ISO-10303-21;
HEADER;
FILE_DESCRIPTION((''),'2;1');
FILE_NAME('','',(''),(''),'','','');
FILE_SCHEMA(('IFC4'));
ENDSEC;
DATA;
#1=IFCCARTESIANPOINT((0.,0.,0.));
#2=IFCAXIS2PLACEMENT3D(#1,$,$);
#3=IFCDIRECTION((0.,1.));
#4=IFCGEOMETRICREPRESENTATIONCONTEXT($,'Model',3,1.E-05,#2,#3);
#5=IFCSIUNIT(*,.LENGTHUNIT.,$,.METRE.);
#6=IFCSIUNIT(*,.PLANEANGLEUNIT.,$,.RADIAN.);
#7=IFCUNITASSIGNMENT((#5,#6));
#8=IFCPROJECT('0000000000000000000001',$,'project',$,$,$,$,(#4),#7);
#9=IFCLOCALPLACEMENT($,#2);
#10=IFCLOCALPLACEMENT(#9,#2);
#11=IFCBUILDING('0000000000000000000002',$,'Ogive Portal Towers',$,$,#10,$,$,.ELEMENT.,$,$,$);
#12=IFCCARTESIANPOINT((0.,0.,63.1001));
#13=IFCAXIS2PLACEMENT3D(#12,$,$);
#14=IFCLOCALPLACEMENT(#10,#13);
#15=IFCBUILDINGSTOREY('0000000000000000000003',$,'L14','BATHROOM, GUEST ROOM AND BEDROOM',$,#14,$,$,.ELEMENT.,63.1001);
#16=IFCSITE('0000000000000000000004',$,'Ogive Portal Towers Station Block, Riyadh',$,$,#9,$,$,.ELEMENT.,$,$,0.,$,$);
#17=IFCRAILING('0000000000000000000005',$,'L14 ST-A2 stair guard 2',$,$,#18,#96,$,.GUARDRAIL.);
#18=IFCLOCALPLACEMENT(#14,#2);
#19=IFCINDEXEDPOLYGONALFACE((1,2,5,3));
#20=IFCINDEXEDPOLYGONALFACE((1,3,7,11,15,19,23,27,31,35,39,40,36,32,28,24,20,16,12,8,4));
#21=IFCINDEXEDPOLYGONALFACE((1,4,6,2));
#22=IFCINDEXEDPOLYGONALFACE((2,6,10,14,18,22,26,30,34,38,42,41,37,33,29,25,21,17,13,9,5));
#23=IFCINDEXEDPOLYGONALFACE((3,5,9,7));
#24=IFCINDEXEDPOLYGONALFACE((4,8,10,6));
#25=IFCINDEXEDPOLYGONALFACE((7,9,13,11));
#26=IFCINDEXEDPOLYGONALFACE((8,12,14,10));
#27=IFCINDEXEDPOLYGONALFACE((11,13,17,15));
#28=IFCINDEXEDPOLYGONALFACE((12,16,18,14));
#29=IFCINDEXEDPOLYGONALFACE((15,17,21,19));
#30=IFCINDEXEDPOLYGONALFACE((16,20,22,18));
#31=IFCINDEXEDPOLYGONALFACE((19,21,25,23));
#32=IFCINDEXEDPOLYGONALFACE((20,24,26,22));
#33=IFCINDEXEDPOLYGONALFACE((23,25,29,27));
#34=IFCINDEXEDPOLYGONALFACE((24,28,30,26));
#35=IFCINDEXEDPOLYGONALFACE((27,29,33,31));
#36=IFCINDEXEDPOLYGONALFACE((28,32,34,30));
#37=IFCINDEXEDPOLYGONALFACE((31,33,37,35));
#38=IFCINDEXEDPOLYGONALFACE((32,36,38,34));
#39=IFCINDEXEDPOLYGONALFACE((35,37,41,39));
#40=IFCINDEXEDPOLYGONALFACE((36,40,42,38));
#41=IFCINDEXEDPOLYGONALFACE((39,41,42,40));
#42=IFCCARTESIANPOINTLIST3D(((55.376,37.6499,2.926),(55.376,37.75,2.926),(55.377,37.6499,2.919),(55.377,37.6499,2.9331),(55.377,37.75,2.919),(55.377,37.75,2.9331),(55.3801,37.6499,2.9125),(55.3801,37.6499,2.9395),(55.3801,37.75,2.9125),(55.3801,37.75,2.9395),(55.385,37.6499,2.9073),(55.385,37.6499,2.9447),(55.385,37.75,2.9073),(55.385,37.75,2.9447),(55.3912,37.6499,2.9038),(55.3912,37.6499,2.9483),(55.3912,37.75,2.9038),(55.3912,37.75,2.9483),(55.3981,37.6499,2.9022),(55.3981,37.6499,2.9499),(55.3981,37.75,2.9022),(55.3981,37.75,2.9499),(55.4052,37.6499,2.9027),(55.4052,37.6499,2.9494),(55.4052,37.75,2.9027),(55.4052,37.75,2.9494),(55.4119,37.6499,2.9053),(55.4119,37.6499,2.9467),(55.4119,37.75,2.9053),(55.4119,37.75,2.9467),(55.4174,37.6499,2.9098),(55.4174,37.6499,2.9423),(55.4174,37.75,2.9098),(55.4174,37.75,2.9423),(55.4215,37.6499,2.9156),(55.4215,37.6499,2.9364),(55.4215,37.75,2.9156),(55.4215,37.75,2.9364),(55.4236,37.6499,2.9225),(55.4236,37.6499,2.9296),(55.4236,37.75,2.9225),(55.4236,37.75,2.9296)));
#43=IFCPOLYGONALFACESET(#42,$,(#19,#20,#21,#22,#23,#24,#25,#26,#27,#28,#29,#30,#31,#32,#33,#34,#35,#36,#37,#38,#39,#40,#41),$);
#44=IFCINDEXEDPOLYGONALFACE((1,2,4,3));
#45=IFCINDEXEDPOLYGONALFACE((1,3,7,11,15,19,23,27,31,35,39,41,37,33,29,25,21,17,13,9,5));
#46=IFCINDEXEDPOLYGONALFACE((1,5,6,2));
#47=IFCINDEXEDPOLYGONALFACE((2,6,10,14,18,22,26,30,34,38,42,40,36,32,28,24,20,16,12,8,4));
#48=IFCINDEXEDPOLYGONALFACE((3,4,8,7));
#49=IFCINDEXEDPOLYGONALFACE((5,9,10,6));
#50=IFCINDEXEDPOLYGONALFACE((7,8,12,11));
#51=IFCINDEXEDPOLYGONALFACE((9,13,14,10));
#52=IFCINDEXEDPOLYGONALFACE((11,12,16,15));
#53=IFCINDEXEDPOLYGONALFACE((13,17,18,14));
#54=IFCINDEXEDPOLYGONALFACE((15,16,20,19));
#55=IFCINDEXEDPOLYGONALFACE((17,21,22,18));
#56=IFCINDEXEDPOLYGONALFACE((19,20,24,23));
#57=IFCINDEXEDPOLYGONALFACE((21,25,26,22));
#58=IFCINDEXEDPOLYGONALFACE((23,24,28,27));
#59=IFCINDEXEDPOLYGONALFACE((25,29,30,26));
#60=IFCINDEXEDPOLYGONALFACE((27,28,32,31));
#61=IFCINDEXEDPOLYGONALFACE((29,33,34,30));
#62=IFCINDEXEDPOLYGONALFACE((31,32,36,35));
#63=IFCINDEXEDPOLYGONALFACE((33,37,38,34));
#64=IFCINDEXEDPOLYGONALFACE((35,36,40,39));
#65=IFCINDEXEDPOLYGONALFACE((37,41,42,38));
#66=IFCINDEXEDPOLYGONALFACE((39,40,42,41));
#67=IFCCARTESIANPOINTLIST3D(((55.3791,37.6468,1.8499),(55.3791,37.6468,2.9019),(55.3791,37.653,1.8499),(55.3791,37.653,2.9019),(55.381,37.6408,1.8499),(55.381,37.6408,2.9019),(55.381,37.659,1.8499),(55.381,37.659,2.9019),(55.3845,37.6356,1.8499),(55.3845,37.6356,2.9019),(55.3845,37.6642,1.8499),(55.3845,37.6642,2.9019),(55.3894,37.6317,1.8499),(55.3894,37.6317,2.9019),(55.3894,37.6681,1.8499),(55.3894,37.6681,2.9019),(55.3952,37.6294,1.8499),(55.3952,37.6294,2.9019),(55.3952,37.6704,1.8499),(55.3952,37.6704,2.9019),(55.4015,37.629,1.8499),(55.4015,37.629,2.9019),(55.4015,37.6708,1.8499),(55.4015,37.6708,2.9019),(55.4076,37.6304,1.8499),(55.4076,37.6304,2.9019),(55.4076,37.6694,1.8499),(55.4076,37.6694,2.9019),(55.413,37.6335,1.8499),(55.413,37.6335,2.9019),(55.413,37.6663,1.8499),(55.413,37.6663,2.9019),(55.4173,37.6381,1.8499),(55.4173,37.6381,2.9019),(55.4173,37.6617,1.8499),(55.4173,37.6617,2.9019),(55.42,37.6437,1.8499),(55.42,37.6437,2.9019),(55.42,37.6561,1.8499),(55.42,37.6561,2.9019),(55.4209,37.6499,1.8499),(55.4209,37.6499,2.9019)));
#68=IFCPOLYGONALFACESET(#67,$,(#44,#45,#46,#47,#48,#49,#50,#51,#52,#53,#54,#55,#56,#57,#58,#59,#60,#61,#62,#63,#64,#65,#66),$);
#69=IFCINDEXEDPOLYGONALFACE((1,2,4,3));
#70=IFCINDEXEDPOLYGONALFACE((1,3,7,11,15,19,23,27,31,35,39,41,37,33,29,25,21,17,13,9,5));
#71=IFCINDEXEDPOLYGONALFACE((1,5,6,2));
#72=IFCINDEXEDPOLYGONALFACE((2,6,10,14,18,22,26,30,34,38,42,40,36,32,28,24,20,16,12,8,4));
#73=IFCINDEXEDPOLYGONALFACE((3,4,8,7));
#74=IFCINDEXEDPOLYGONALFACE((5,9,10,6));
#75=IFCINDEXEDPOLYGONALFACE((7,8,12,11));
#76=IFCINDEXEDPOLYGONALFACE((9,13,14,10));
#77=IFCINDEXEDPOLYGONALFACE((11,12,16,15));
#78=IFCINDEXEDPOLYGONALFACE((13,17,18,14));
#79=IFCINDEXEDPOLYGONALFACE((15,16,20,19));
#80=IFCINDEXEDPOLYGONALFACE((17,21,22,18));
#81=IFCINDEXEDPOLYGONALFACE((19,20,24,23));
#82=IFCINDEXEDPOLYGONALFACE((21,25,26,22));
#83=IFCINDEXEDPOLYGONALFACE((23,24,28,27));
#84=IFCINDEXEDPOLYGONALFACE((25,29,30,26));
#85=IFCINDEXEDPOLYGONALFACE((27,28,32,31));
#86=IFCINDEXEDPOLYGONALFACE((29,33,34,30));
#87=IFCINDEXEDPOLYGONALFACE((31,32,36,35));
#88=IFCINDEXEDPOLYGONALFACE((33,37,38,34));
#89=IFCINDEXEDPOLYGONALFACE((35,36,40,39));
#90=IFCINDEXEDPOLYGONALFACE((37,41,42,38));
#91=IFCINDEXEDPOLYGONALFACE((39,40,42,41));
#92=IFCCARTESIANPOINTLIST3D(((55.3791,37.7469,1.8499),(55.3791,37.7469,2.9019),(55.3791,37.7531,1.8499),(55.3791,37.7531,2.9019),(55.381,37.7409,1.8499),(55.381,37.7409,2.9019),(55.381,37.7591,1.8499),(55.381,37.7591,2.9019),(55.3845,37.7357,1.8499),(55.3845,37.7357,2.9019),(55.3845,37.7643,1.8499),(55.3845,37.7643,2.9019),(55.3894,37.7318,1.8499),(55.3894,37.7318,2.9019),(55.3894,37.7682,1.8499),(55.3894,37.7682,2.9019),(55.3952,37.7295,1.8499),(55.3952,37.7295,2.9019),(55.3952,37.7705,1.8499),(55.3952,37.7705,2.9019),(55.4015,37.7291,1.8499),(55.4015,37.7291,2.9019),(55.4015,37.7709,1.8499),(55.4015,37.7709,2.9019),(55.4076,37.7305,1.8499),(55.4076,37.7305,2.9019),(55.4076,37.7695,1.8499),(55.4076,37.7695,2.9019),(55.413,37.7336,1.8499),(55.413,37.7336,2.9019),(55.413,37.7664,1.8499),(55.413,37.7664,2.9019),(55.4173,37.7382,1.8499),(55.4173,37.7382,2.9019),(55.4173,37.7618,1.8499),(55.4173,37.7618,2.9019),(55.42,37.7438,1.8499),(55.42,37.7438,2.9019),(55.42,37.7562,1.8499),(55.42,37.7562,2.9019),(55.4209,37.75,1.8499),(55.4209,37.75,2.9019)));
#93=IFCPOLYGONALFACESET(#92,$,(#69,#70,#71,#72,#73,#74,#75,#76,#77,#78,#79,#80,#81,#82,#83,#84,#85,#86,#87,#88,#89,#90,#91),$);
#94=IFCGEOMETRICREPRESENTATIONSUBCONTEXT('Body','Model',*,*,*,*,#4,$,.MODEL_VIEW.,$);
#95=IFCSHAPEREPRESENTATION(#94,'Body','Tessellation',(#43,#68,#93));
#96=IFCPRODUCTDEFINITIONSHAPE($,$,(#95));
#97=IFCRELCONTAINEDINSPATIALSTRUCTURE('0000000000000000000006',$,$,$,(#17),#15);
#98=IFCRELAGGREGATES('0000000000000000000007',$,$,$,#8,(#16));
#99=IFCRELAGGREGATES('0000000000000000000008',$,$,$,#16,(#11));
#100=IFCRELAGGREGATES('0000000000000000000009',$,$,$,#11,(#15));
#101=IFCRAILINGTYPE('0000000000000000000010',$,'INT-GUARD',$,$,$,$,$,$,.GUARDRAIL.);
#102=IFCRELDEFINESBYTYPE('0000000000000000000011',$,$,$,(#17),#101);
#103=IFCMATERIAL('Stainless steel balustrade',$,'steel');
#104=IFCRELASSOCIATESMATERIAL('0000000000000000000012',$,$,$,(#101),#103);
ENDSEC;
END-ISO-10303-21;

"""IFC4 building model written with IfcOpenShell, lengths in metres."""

from ifc_helpers import new_model, si_unit, direction, frame, origin, origin_2d, place, context, subcontext, project, spatial, circle, extrude, material, type_object, element, save


model = new_model("IFC4")

# Units and contexts
model_context = context("Model", 3, precision=1e-05, world=origin(), true_north=direction((0.0, 1.0)))
body_context = subcontext(model_context, "Body", "Model", "MODEL_VIEW")
ifc_project = project(units=[si_unit("LENGTHUNIT", "METRE"), si_unit("PLANEANGLEUNIT", "RADIAN")], contexts=[model_context])

# Site, building, storey
site_placement = place(None, origin())
site = spatial("IfcSite", under=ifc_project, at=site_placement, Name="Ogive Portal Towers Station Block, Riyadh", CompositionType="ELEMENT", RefElevation=0.0)
building_placement = place(site_placement, origin())
building = spatial("IfcBuilding", under=site, at=building_placement, Name="Ogive Portal Towers", CompositionType="ELEMENT")
storey_placement = place(building_placement, frame((0.0, 0.0, 63.1001)))
storey = spatial("IfcBuildingStorey", under=building, at=storey_placement, Name="L14", Description="BATHROOM, GUEST ROOM AND BEDROOM", CompositionType="ELEMENT", Elevation=63.1001)

# Railing
ifc_material_1 = material(Name="Stainless steel balustrade", Category="steel")
railing_type_1 = type_object("IfcRailingType", Name="INT-GUARD", PredefinedType="GUARDRAIL", material=ifc_material_1)
railing_1_placement = place(storey_placement, frame((55.3999, 37.6499, 1.8499)))
element("IfcRailing", 1, at=railing_1_placement, inside=storey, type_object=railing_type_1, Name="L14 ST-A2 stair guard 2", PredefinedType="GUARDRAIL", context=body_context, shape_type="SweptSolid", body=[
    extrude(circle(Radius=0.0239, at=origin_2d()), frame((0.0, 0.0, 1.0762), z_axis=(0.0, 1.0, 0.0), x_axis=(-1.0, 0.0, 0.0)), (0.0, 0.0, 1.0), 0.1001),
    extrude(circle(Radius=0.021, at=origin_2d()), origin(), (0.0, 0.0, 1.0), 1.052),
    extrude(circle(Radius=0.021, at=origin_2d()), frame((0.0, 0.1001, 0.0)), (0.0, 0.0, 1.0), 1.052),
])

save(model, "model.ifc")
